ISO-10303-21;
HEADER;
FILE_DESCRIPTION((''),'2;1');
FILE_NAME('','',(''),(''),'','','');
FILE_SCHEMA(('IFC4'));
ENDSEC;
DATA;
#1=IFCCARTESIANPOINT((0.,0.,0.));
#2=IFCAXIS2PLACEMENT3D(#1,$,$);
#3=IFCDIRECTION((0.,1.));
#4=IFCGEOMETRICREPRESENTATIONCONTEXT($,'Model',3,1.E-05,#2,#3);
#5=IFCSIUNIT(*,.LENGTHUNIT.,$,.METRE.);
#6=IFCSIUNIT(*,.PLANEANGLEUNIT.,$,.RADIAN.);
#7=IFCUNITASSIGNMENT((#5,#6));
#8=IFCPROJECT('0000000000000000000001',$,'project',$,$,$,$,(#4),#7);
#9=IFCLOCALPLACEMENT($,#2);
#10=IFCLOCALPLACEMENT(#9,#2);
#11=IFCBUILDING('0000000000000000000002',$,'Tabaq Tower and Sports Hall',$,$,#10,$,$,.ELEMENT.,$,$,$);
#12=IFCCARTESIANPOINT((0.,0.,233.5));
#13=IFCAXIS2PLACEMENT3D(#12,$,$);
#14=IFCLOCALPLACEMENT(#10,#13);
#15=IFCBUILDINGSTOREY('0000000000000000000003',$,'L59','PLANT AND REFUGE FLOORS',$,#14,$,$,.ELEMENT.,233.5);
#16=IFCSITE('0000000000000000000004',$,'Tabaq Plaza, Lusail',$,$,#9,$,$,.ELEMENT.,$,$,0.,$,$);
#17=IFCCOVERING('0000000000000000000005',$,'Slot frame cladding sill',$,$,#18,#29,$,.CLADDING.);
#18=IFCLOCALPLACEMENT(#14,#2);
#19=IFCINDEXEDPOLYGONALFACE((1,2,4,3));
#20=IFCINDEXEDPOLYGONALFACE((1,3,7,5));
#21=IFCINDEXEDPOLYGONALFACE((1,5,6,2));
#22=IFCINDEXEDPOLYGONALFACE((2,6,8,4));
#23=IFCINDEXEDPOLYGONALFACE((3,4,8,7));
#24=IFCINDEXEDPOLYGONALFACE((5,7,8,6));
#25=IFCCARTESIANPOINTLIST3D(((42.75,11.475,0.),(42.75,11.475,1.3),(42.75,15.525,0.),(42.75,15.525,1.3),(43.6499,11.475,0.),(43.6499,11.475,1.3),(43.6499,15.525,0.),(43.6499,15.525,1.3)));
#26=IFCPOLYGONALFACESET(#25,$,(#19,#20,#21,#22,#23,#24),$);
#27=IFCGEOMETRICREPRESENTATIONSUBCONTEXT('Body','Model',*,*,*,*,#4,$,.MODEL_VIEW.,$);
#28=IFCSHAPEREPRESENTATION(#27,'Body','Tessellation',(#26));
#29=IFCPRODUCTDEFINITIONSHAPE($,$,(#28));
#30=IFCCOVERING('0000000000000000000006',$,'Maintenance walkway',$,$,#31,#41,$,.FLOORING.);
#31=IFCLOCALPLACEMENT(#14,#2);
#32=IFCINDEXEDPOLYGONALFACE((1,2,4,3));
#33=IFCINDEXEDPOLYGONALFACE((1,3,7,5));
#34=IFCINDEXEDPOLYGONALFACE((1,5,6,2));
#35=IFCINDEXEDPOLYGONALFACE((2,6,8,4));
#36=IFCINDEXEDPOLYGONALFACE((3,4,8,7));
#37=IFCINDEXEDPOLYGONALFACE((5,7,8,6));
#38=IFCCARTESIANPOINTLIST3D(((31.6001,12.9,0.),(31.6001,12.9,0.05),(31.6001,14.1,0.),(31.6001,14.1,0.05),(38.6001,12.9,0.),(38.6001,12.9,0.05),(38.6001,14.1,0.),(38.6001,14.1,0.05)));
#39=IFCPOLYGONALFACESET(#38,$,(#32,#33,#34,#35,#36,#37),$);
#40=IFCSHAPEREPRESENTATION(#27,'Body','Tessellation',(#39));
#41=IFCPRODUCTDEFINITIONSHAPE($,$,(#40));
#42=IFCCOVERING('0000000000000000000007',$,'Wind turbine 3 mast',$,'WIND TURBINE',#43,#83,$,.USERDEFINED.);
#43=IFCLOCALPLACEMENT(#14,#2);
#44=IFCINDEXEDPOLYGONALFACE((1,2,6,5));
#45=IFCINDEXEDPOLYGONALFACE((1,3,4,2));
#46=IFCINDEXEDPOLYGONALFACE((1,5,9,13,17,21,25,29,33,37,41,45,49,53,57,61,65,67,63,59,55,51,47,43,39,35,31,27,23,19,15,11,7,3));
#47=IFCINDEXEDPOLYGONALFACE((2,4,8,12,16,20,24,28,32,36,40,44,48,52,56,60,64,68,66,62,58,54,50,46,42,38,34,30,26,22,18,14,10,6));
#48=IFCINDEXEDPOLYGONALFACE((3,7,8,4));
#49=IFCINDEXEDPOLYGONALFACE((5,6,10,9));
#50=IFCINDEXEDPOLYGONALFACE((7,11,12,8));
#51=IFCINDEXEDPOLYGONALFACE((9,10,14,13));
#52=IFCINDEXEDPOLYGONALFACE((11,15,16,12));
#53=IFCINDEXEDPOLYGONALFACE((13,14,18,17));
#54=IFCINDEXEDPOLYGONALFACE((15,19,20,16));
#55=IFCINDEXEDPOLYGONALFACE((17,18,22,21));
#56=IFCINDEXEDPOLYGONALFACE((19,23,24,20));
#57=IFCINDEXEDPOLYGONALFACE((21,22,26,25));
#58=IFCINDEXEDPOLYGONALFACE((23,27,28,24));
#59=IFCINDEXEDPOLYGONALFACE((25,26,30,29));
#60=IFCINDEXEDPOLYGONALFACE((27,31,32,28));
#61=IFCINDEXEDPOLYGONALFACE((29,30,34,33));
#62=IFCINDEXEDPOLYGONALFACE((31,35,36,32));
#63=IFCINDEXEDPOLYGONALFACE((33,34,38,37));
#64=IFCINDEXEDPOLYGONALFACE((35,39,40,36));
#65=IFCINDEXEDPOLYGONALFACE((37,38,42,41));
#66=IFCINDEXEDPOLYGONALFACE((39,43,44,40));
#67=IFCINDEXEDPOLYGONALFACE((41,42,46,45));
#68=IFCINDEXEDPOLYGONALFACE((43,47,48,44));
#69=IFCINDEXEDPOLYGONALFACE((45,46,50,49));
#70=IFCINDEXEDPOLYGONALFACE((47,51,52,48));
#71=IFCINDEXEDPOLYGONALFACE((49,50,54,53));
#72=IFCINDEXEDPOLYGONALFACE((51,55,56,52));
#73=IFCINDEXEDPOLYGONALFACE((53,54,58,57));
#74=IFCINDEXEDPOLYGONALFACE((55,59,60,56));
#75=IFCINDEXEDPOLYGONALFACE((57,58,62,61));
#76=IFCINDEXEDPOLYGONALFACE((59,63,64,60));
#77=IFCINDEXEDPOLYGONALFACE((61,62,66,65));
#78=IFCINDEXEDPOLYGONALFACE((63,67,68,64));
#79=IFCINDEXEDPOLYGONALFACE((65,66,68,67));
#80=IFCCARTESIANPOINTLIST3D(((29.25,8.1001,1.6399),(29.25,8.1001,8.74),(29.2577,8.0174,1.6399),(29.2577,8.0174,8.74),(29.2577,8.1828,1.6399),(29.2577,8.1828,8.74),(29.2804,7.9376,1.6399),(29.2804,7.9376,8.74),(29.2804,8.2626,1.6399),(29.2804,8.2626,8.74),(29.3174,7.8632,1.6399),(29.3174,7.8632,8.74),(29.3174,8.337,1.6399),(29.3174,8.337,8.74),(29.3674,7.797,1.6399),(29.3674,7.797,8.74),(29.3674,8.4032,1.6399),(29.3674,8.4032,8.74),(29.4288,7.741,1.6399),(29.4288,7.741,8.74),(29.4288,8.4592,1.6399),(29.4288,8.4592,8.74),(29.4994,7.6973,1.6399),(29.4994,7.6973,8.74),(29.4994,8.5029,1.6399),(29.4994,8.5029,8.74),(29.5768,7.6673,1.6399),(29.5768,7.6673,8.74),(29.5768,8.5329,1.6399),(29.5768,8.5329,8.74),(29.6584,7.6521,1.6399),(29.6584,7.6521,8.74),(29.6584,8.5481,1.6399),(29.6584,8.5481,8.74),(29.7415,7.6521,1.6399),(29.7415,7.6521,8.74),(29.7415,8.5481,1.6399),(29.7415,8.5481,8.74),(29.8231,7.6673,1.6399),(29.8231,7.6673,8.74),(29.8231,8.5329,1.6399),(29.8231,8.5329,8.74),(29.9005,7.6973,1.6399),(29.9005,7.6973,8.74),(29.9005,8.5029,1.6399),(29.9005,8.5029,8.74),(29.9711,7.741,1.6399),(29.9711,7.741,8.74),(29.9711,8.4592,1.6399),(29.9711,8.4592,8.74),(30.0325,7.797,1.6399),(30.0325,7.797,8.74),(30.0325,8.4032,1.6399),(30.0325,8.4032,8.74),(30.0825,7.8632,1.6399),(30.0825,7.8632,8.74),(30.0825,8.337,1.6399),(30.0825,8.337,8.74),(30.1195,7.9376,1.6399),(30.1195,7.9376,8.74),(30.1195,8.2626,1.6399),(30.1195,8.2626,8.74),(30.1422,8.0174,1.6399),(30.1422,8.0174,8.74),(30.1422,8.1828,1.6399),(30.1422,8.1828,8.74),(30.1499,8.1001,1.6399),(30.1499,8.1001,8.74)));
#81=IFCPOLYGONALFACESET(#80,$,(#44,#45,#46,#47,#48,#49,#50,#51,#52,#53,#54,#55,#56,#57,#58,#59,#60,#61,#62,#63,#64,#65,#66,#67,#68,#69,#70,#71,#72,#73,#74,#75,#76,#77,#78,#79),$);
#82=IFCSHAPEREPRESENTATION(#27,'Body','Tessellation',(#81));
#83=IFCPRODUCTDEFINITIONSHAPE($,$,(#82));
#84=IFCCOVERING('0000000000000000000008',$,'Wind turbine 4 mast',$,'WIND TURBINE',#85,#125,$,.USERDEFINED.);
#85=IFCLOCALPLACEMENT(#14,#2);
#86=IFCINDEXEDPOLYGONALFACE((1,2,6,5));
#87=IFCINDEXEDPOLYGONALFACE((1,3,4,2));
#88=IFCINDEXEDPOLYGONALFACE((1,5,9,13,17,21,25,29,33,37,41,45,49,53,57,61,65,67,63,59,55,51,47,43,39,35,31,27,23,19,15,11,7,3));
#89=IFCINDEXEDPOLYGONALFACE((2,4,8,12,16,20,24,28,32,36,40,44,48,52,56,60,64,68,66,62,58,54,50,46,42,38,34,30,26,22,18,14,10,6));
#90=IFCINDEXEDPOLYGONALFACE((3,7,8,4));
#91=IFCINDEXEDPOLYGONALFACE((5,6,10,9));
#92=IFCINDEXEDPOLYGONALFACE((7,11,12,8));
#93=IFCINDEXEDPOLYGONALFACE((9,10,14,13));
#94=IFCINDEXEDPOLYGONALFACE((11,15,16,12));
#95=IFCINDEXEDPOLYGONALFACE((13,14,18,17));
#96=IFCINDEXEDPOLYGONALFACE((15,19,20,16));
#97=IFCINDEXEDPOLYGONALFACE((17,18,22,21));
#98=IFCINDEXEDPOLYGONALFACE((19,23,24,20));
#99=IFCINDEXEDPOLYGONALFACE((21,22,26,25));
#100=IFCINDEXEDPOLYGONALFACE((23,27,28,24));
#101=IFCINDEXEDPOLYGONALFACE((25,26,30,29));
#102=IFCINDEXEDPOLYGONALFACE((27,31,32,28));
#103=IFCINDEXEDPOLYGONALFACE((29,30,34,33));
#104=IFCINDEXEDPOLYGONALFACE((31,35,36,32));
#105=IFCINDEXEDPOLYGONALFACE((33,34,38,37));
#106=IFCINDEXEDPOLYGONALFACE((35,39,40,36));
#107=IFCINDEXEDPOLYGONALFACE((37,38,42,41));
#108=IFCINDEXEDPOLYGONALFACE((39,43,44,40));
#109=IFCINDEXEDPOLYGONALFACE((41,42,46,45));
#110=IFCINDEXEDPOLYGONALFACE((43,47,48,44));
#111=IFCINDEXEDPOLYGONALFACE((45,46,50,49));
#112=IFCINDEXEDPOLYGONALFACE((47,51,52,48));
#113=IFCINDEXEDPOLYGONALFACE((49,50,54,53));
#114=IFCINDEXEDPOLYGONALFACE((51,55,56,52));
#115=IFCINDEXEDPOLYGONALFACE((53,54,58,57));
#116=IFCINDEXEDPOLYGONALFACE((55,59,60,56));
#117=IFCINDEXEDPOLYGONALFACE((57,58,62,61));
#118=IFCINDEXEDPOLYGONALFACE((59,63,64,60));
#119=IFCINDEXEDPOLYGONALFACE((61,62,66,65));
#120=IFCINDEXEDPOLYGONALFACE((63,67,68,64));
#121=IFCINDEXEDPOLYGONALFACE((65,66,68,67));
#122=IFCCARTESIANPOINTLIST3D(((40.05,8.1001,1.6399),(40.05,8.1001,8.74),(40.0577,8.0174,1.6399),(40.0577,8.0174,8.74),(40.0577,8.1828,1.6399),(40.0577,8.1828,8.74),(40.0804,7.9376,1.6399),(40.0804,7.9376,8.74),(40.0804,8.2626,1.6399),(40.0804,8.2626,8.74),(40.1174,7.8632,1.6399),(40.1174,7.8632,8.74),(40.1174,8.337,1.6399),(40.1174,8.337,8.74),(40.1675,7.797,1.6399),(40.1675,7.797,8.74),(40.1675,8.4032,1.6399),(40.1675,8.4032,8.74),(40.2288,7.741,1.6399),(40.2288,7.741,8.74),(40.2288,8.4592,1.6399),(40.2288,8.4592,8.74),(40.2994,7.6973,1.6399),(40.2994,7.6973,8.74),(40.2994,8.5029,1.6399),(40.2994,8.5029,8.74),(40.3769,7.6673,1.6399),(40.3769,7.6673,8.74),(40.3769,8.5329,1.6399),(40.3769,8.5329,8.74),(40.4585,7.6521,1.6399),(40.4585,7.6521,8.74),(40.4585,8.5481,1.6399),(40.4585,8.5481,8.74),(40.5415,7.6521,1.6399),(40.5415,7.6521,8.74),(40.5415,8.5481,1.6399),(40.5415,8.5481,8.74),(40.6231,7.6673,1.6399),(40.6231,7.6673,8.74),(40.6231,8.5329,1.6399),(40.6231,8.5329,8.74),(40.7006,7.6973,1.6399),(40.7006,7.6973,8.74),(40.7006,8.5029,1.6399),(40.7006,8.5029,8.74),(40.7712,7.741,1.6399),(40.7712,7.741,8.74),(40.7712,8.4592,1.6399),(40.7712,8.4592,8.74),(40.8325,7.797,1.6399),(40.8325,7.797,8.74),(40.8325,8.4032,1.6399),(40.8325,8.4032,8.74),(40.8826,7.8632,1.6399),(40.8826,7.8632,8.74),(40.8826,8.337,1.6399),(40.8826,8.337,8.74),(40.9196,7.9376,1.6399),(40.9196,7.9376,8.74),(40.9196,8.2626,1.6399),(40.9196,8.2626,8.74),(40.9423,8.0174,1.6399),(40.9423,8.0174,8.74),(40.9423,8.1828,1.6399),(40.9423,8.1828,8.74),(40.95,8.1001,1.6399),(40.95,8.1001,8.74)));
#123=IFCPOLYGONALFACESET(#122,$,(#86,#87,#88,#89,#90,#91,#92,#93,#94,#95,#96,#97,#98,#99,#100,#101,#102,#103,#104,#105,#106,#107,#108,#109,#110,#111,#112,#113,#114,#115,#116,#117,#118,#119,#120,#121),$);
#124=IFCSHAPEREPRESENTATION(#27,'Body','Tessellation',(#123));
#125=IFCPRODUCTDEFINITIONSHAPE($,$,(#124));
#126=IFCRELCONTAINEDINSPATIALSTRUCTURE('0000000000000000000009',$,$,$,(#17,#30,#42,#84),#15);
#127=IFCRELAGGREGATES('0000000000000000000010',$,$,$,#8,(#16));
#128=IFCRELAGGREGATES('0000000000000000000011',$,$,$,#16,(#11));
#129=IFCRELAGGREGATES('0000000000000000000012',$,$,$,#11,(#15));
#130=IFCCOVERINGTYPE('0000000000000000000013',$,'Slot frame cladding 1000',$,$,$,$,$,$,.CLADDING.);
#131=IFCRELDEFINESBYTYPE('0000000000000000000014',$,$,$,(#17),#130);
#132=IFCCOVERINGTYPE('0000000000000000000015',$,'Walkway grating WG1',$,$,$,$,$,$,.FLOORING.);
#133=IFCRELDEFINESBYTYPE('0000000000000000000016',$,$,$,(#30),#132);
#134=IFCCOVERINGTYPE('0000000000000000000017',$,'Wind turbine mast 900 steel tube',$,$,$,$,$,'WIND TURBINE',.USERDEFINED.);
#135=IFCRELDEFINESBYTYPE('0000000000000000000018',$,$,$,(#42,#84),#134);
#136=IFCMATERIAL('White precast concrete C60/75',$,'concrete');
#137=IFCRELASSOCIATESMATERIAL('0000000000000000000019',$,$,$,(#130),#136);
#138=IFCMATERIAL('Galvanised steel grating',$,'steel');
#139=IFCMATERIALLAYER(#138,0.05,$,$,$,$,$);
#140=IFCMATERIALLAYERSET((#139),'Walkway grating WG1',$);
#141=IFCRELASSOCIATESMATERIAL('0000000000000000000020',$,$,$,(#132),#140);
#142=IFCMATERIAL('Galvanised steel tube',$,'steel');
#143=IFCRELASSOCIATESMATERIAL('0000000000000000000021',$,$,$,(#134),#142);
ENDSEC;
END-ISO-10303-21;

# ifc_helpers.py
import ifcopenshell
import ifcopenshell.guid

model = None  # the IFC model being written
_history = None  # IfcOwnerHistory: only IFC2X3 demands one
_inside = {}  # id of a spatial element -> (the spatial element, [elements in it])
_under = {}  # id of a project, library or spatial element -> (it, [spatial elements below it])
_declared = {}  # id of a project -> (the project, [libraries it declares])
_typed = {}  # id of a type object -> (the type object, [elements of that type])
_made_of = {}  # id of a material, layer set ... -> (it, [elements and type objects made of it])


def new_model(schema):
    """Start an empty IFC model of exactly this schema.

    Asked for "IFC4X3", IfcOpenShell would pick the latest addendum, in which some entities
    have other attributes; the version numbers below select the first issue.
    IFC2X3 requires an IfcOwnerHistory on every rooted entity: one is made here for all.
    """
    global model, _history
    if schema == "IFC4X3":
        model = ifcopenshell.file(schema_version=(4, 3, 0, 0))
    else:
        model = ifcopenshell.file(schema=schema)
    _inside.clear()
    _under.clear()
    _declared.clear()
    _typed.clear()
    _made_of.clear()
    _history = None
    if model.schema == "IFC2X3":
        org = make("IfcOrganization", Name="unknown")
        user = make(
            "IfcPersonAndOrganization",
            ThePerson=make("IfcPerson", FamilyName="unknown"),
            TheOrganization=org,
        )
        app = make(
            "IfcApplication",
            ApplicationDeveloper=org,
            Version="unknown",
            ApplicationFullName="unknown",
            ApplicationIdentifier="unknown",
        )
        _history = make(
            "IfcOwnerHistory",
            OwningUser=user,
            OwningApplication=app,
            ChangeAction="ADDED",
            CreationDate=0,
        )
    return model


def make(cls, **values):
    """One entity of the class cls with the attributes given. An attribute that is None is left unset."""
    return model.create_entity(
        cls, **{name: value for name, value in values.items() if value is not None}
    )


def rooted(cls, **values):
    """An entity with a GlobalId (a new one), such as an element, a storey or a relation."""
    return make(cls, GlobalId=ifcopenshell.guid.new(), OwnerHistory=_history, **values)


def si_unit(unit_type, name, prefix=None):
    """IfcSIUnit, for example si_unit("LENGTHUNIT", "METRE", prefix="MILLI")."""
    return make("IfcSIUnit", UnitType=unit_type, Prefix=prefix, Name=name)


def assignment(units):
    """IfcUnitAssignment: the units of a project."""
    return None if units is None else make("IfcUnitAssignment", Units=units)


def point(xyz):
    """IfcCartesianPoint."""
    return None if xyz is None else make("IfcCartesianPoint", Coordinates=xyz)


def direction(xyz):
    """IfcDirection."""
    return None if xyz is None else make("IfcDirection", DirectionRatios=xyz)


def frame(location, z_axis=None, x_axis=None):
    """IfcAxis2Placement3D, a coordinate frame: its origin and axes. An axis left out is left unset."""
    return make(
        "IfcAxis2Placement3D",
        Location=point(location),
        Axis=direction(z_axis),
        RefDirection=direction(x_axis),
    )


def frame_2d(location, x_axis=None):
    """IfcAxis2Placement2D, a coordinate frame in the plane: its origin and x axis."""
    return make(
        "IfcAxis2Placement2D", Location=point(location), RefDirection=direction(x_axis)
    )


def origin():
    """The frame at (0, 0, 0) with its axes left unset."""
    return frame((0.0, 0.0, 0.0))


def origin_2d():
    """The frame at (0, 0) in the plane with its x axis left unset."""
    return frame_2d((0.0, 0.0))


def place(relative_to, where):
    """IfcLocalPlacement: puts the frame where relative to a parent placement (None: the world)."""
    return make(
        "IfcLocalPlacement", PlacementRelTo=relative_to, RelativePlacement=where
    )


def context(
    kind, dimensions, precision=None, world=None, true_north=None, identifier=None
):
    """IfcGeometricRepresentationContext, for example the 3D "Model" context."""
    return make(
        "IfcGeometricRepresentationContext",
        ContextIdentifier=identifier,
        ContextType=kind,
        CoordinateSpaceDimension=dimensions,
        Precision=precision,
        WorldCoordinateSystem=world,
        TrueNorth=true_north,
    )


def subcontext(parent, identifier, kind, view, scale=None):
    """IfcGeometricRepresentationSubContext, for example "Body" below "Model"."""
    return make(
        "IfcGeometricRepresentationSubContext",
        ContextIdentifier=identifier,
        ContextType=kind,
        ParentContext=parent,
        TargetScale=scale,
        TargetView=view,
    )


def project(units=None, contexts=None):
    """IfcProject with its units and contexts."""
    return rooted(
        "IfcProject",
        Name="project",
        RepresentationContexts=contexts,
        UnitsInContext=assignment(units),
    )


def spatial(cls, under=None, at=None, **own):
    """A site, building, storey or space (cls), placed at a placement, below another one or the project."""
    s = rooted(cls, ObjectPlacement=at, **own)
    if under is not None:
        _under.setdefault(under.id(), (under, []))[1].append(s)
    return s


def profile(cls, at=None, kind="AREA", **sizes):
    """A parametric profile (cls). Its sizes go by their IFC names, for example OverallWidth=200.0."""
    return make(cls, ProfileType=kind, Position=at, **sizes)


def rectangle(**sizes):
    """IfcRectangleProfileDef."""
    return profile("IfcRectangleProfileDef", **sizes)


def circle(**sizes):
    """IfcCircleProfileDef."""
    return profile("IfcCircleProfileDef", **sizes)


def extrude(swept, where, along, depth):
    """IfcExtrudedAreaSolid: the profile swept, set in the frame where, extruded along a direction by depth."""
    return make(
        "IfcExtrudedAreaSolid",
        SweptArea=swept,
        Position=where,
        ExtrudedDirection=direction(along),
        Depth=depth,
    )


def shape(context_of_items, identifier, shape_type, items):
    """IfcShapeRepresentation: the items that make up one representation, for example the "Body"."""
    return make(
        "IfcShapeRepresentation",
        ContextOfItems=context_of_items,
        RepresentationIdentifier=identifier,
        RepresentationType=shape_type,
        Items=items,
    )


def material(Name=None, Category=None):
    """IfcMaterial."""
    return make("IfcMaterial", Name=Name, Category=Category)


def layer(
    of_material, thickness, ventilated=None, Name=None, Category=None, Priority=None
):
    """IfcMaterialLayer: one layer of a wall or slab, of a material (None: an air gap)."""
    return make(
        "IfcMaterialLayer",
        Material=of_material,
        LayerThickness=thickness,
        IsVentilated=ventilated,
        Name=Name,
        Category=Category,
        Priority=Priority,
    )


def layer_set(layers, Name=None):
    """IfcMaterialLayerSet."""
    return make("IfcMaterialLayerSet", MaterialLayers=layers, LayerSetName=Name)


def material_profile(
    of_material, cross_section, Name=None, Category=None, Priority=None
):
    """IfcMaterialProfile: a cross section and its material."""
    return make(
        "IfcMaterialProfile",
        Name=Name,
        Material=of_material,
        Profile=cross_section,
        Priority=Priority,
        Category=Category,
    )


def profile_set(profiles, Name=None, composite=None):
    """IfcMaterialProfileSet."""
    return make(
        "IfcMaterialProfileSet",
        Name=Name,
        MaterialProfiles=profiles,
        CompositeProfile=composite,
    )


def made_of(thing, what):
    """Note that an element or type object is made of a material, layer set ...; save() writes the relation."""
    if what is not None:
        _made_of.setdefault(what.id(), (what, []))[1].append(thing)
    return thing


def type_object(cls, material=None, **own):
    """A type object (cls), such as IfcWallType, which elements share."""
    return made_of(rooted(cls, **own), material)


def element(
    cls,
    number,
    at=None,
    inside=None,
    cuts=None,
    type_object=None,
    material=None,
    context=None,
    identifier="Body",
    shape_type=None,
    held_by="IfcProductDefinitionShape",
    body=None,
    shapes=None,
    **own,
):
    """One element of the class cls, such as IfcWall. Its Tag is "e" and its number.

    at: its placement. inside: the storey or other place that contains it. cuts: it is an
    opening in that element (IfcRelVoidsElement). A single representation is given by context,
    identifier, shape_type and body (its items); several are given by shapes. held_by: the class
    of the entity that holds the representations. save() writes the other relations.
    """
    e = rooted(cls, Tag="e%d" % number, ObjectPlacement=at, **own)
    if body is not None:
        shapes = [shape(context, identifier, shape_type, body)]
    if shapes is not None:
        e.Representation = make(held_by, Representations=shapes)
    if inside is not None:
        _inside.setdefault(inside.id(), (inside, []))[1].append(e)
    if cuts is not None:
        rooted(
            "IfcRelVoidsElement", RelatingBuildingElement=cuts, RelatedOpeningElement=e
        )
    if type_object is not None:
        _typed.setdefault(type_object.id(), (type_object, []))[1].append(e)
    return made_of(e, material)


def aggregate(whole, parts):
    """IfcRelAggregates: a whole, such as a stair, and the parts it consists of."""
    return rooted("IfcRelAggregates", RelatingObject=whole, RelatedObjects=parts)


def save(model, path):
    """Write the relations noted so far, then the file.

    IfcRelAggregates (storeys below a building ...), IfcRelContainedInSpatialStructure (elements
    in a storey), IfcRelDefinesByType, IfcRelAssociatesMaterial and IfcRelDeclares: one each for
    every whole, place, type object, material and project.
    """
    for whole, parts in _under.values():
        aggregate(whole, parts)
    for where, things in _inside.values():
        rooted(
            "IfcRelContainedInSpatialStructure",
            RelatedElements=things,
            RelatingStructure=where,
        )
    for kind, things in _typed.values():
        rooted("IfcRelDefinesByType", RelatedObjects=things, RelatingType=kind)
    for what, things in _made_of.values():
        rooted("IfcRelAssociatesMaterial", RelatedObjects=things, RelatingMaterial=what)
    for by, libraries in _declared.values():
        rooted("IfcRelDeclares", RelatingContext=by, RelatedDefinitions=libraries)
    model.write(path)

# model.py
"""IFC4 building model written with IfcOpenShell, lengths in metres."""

from ifc_helpers import new_model, si_unit, direction, frame, origin, origin_2d, place, context, subcontext, project, spatial, rectangle, circle, extrude, material, layer, layer_set, material_profile, profile_set, type_object, element, save


model = new_model("IFC4")

# Units and contexts
model_context = context("Model", 3, precision=1e-05, world=origin(), true_north=direction((0.0, 1.0)))
body_context = subcontext(model_context, "Body", "Model", "MODEL_VIEW")
ifc_project = project(units=[si_unit("LENGTHUNIT", "METRE"), si_unit("PLANEANGLEUNIT", "RADIAN")], contexts=[model_context])

# Site, building, storey
site_placement = place(None, origin())
site = spatial("IfcSite", under=ifc_project, at=site_placement, Name="Tabaq Plaza, Lusail", CompositionType="ELEMENT", RefElevation=0.0)
building_placement = place(site_placement, origin())
building = spatial("IfcBuilding", under=site, at=building_placement, Name="Tabaq Tower and Sports Hall", CompositionType="ELEMENT")
storey_placement = place(building_placement, frame((0.0, 0.0, 233.5)))
storey = spatial("IfcBuildingStorey", under=building, at=storey_placement, Name="L59", Description="PLANT AND REFUGE FLOORS", CompositionType="ELEMENT", Elevation=233.5)

# Coverings
ifc_material_1 = material(Name="White precast concrete C60/75", Category="concrete")
covering_type_1 = type_object("IfcCoveringType", Name="Slot frame cladding 1000", PredefinedType="CLADDING", material=ifc_material_1)
covering_1_placement = place(storey_placement, frame((43.2, 13.5, 0.0), z_axis=(0.0, 0.0, 1.0), x_axis=(0.0, 1.0, 0.0)))
element("IfcCovering", 1, at=covering_1_placement, inside=storey, type_object=covering_type_1, Name="Slot frame cladding sill", PredefinedType="CLADDING", context=body_context, shape_type="SweptSolid", body=[
    extrude(rectangle(XDim=4.05, YDim=0.8999, at=origin_2d()), origin(), (0.0, 0.0, 1.0), 1.3),
])
ifc_material_2 = material(Name="Galvanised steel grating", Category="steel")
ifc_layer_1 = layer(ifc_material_2, 0.05)
ifc_layer_set_1 = layer_set([ifc_layer_1], Name="Walkway grating WG1")
covering_type_2 = type_object("IfcCoveringType", Name="Walkway grating WG1", PredefinedType="FLOORING", material=ifc_layer_set_1)
covering_2_placement = place(storey_placement, frame((35.1001, 13.5, 0.0), z_axis=(0.0, 0.0, 1.0), x_axis=(1.0, 0.0, 0.0)))
element("IfcCovering", 2, at=covering_2_placement, inside=storey, type_object=covering_type_2, Name="Maintenance walkway", PredefinedType="FLOORING", context=body_context, shape_type="SweptSolid", body=[
    extrude(rectangle(XDim=7.0, YDim=1.2, at=origin_2d()), origin(), (0.0, 0.0, 1.0), 0.05),
])
ifc_material_3 = material(Name="Galvanised steel tube", Category="steel")
ifc_material_profile_1 = material_profile(ifc_material_3, circle(Radius=0.45, at=origin_2d()), Name="Wind turbine mast 900 steel tube")
ifc_profile_set_1 = profile_set([ifc_material_profile_1], Name="Galvanised steel tube")
covering_type_3 = type_object("IfcCoveringType", Name="Wind turbine mast 900 steel tube", ElementType="WIND TURBINE", PredefinedType="USERDEFINED", material=ifc_profile_set_1)
for number, where, z_axis, x_axis, name in (
    (3, (29.7, 8.1001, 8.74), (0.0, 0.0, -1.0), (1.0, 0.0, 0.0), "Wind turbine 3 mast"),
    (4, (40.5, 8.1001, 8.74), (0.0, 0.0, -1.0), (1.0, 0.0, 0.0), "Wind turbine 4 mast"),
):
    element("IfcCovering", number, at=place(storey_placement, frame(where, z_axis=z_axis, x_axis=x_axis)), inside=storey, type_object=covering_type_3, Name=name, ObjectType="WIND TURBINE", PredefinedType="USERDEFINED", context=body_context, shape_type="SweptSolid", body=[
        extrude(circle(Radius=0.45, at=origin_2d()), origin(), (0.0, 0.0, 1.0), 7.1001),
    ])

save(model, "model.ifc")
